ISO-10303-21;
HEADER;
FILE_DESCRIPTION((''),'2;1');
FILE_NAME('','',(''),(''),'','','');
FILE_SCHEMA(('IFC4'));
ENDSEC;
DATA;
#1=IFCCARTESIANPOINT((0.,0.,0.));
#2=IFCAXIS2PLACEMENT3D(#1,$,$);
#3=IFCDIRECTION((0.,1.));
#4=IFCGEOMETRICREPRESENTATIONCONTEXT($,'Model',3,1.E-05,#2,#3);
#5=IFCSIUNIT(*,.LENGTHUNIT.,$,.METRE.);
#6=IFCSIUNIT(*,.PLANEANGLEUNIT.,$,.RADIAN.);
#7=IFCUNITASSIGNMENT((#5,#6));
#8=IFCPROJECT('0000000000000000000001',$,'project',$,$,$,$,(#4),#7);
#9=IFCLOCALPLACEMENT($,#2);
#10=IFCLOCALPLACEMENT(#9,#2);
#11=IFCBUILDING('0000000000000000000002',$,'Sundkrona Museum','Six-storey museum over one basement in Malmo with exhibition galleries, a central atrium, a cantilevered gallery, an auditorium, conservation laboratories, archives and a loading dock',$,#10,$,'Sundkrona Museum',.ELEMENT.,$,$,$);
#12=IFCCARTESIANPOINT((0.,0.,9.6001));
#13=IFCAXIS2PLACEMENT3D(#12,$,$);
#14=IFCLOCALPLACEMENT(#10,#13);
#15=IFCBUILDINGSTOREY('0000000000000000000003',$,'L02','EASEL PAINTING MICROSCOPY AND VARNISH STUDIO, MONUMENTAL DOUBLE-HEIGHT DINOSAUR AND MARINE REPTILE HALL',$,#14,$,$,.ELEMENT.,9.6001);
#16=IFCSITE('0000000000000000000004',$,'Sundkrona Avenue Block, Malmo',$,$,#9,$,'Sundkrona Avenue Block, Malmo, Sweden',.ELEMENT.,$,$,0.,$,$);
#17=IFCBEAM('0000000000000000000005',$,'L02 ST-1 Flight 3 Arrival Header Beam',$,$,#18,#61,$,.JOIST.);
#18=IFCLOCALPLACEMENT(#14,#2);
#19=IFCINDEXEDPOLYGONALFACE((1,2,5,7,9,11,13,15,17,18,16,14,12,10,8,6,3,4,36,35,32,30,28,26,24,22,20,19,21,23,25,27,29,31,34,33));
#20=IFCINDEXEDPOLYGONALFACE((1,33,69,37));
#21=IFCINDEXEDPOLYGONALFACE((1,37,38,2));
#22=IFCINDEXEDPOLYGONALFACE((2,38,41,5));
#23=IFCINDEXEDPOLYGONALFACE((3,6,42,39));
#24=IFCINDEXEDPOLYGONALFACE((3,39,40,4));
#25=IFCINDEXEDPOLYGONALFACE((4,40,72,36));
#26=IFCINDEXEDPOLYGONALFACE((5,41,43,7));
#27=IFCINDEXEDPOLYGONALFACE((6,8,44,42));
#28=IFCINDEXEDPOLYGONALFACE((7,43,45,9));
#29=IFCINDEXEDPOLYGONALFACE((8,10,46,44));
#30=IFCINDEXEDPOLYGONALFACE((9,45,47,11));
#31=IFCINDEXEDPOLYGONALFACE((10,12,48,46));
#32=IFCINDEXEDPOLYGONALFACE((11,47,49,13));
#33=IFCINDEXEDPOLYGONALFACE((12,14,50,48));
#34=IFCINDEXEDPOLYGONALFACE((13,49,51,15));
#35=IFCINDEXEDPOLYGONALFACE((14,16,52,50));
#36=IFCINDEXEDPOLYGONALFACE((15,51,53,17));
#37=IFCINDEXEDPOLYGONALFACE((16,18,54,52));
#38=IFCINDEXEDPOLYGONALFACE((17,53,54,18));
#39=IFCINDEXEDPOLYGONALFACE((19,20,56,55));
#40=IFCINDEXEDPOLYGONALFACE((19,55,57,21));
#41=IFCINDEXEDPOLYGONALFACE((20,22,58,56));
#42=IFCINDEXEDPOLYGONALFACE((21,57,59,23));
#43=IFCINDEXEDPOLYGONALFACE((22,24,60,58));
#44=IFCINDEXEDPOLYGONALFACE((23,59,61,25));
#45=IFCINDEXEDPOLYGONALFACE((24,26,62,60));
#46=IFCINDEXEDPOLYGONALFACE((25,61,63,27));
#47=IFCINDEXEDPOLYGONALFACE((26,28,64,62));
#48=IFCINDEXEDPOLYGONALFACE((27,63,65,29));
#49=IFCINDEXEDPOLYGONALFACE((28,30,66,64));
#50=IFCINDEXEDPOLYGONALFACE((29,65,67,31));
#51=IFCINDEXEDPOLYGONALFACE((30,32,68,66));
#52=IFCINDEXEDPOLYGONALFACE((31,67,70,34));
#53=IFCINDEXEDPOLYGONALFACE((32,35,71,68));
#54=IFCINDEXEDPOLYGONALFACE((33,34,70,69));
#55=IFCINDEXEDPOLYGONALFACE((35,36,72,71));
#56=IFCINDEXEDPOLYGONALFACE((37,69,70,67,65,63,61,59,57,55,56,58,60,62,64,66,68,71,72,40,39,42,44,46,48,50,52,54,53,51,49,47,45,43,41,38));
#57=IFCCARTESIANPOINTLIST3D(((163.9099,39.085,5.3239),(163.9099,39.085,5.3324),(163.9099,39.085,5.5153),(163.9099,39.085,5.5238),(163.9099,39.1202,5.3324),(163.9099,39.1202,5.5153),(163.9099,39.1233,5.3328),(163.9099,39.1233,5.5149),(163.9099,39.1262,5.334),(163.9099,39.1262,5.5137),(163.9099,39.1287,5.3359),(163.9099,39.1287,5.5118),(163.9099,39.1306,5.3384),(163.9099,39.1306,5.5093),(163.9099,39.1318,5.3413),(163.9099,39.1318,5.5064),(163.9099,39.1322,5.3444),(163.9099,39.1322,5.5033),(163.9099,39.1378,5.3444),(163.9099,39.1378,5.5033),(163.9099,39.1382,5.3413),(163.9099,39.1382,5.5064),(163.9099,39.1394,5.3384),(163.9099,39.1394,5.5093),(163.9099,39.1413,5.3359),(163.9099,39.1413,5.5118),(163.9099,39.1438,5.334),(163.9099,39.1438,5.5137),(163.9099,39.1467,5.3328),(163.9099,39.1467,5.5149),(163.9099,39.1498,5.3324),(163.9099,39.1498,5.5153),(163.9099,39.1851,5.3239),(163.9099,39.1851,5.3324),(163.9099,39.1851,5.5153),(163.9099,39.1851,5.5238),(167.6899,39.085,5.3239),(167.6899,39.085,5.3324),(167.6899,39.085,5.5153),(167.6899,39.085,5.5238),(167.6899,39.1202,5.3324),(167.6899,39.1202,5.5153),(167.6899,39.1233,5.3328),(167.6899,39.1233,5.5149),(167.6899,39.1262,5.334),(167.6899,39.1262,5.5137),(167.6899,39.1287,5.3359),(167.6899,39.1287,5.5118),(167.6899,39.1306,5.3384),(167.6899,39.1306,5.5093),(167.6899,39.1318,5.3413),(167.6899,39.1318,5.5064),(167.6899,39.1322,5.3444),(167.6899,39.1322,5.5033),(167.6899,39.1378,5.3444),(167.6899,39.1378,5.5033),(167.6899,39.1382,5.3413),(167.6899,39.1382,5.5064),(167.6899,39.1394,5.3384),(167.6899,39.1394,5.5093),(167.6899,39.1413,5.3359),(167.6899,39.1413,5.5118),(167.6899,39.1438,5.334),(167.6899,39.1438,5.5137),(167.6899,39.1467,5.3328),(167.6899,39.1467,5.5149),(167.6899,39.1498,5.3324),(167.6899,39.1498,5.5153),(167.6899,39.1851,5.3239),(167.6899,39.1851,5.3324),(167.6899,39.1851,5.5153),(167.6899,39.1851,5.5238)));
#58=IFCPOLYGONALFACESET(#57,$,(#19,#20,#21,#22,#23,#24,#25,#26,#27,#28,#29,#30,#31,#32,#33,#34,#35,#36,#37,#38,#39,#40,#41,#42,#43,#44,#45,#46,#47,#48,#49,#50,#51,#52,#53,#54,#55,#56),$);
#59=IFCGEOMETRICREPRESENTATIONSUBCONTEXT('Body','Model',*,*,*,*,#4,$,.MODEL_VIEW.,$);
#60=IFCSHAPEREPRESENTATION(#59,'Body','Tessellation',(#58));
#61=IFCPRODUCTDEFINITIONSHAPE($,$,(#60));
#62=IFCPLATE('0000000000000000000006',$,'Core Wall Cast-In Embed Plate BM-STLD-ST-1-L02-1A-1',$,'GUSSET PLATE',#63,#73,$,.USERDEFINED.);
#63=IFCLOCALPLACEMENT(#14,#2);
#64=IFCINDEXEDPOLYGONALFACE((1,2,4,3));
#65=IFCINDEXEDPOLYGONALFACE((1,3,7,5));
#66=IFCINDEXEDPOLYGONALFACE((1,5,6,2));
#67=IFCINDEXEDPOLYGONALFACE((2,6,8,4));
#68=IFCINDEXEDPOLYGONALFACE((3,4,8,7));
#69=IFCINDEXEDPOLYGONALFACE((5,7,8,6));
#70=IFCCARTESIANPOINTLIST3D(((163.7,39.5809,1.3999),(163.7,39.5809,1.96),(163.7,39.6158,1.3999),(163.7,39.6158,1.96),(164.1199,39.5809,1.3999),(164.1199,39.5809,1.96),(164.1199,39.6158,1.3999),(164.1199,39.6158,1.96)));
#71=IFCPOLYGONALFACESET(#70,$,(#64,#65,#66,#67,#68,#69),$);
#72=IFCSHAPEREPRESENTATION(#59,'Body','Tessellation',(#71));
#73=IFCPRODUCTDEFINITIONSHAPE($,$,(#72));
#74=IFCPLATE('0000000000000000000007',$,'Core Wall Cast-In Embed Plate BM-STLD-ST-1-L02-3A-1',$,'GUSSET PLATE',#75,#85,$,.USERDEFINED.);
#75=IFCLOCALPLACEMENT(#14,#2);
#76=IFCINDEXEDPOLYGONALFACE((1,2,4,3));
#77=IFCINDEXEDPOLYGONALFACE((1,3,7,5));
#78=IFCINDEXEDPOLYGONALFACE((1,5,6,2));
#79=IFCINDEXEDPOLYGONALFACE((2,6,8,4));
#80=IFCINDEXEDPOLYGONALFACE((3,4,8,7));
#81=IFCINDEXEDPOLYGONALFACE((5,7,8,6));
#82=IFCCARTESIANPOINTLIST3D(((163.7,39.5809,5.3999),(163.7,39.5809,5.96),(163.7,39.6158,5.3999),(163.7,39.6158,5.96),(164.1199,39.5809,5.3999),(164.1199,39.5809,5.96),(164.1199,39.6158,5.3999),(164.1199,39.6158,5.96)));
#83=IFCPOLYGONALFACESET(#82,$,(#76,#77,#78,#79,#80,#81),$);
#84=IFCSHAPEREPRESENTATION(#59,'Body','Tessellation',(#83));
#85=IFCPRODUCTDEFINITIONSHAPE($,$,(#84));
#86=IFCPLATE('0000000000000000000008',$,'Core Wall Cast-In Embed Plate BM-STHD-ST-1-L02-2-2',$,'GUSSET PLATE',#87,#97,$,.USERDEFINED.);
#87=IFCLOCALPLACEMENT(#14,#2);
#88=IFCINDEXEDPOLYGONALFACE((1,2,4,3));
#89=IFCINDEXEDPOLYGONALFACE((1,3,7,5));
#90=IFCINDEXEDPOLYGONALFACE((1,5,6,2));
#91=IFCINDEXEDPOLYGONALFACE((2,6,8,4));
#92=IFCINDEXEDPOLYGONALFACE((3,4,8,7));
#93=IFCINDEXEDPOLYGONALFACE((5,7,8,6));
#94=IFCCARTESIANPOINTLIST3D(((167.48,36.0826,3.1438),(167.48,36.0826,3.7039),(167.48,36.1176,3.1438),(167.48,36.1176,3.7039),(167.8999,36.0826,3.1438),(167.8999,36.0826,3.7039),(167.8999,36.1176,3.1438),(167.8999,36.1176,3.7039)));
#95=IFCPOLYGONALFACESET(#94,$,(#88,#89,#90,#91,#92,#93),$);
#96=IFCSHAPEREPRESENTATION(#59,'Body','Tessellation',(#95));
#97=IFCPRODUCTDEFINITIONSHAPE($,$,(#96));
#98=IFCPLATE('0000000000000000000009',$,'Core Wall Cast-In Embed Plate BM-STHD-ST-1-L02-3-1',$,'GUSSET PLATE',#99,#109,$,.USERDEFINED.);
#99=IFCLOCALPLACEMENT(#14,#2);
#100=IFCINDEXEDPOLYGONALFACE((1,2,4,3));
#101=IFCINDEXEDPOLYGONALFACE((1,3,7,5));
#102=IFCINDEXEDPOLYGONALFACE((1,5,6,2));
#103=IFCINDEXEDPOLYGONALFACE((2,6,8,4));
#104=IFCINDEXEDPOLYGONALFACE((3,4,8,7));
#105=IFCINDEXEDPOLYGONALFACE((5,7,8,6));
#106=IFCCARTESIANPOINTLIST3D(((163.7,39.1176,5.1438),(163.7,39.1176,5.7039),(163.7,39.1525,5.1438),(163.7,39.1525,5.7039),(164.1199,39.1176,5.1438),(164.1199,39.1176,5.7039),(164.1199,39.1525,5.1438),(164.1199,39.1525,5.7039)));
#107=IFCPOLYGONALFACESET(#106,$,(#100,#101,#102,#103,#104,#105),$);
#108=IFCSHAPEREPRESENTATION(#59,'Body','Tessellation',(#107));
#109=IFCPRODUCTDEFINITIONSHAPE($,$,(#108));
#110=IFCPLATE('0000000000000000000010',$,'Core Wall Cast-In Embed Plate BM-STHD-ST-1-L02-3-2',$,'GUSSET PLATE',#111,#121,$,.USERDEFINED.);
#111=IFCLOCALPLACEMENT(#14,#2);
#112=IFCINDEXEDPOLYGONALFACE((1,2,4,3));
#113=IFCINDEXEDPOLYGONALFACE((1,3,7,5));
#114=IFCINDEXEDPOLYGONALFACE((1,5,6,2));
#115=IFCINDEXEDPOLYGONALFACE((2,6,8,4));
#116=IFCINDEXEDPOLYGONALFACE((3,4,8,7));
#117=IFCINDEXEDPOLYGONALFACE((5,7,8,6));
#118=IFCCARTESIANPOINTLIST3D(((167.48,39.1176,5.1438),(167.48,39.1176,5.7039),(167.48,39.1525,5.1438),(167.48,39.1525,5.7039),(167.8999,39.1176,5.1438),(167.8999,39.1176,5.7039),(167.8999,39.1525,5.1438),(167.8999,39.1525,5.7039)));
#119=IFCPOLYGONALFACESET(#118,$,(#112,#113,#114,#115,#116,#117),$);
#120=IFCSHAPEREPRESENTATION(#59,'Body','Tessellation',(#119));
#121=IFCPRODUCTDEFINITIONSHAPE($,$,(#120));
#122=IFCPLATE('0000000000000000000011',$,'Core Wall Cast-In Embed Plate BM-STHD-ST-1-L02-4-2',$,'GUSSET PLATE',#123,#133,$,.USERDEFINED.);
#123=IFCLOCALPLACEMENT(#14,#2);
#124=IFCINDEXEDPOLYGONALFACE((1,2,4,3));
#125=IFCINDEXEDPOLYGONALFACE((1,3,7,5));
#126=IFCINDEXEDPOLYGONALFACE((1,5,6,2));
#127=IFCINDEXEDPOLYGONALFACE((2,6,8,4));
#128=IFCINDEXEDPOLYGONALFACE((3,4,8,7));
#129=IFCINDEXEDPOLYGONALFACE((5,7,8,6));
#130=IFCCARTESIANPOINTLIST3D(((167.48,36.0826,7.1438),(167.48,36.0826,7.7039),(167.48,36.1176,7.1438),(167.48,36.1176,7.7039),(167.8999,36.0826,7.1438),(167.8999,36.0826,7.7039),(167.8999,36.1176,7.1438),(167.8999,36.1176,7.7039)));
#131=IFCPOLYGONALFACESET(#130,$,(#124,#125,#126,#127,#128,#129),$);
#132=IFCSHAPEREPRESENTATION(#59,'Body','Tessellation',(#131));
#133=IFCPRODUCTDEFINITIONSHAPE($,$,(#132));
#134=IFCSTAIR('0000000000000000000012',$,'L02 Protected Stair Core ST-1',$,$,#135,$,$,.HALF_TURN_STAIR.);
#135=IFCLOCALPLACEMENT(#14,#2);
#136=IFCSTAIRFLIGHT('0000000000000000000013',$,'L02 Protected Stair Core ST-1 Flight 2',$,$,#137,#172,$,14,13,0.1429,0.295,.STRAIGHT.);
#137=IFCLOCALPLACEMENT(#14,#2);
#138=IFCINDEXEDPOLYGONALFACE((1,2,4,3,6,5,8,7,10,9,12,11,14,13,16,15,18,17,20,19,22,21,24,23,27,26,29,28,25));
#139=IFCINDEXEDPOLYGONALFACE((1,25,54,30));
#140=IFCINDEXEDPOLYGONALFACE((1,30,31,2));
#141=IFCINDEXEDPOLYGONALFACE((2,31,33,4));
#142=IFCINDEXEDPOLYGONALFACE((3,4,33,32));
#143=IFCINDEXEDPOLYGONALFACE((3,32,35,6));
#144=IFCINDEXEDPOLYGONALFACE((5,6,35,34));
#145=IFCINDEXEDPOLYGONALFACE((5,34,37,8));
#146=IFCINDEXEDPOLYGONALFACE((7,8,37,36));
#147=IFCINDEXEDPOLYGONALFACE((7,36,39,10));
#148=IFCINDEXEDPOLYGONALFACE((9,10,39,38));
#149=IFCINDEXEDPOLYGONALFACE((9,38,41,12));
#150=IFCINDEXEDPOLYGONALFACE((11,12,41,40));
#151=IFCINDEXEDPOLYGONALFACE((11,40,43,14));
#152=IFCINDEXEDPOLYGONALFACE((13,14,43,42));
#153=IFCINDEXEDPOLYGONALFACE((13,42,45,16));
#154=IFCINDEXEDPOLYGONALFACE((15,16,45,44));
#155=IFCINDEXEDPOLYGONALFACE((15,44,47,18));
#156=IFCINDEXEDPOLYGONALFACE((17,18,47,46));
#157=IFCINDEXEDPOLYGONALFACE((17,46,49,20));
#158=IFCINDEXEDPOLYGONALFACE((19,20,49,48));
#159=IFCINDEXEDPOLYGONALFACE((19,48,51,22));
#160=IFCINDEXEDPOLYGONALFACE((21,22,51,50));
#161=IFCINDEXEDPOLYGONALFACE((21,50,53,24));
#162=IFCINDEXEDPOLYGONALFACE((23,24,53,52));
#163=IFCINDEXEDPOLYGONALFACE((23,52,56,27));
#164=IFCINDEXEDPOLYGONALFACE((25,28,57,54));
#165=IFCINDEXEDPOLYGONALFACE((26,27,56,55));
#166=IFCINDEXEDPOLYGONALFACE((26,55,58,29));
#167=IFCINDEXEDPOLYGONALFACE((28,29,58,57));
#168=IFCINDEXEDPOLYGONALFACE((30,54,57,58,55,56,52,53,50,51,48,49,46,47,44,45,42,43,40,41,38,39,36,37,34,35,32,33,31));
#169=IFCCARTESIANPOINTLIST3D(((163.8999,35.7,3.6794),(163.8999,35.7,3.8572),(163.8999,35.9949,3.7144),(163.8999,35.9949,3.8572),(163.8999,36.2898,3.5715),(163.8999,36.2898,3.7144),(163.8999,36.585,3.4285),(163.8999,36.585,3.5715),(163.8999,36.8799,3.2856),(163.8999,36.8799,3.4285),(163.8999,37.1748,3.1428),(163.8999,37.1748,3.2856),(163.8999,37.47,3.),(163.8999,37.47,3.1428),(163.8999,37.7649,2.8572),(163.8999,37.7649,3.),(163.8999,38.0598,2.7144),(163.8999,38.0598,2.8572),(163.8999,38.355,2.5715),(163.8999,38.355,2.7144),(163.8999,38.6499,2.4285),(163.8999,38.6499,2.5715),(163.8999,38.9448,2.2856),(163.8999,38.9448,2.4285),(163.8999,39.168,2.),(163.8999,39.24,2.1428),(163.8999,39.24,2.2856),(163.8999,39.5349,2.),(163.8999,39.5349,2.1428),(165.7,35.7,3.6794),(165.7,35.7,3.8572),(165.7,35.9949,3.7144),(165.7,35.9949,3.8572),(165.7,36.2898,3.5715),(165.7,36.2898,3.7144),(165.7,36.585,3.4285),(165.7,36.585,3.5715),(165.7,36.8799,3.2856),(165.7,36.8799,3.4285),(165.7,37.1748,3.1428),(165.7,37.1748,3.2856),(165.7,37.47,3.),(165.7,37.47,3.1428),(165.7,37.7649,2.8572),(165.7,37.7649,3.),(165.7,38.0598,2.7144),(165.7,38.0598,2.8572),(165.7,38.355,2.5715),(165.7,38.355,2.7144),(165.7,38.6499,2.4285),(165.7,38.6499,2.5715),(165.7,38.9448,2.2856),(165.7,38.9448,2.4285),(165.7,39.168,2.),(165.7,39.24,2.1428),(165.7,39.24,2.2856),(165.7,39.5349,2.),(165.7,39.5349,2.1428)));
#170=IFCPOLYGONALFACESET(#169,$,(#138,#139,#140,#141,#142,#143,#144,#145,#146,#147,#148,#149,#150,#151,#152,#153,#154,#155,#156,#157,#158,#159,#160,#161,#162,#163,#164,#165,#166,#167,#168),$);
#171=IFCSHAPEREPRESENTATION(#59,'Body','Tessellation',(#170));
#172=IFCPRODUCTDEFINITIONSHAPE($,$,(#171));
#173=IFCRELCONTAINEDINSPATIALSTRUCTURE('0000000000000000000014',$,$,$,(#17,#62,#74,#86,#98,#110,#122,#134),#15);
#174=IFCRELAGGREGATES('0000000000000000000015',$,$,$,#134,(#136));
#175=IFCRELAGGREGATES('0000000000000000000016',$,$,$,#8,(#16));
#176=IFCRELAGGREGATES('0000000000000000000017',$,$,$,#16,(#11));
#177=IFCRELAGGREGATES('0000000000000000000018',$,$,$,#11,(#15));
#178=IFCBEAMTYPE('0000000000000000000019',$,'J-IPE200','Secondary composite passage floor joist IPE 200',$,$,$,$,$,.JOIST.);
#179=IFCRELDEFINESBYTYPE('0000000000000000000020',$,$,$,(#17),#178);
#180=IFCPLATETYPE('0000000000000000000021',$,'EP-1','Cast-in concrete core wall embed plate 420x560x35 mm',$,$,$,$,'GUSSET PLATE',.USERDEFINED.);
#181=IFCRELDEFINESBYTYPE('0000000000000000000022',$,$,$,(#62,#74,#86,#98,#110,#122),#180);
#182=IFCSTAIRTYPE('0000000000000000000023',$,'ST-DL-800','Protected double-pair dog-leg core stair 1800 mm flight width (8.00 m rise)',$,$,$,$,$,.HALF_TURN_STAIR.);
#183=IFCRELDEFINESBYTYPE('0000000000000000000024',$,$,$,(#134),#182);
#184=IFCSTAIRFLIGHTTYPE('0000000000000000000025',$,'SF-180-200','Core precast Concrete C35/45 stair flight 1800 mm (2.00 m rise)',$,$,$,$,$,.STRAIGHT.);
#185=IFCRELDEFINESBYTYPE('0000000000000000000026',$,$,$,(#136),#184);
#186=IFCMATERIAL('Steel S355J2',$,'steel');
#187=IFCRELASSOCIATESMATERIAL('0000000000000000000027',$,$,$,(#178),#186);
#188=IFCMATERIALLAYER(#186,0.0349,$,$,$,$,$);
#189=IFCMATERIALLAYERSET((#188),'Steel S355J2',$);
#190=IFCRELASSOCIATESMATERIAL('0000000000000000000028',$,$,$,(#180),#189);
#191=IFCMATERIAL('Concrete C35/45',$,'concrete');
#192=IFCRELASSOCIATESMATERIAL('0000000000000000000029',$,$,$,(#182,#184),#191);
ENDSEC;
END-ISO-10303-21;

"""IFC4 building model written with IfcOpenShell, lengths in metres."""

from ifc_helpers import new_model, si_unit, direction, frame, origin, origin_2d, place, context, subcontext, project, spatial, polyline, rectangle, i_section, outline, extrude, material, layer, layer_set, material_profile, profile_set, type_object, element, aggregate, save


model = new_model("IFC4")

# Units and contexts
model_context = context("Model", 3, precision=1e-05, world=origin(), true_north=direction((0.0, 1.0)))
body_context = subcontext(model_context, "Body", "Model", "MODEL_VIEW")
ifc_project = project(units=[si_unit("LENGTHUNIT", "METRE"), si_unit("PLANEANGLEUNIT", "RADIAN")], contexts=[model_context])

# Site, building, storey
site_placement = place(None, origin())
site = spatial("IfcSite", under=ifc_project, at=site_placement, Name="Sundkrona Avenue Block, Malmo", LongName="Sundkrona Avenue Block, Malmo, Sweden", CompositionType="ELEMENT", RefElevation=0.0)
building_placement = place(site_placement, origin())
building = spatial("IfcBuilding", under=site, at=building_placement, Name="Sundkrona Museum", Description="Six-storey museum over one basement in Malmo with exhibition galleries, a central atrium, a cantilevered gallery, an auditorium, conservation laboratories, archives and a loading dock", LongName="Sundkrona Museum", CompositionType="ELEMENT")
storey_placement = place(building_placement, frame((0.0, 0.0, 9.6001)))
storey = spatial("IfcBuildingStorey", under=building, at=storey_placement, Name="L02", Description="EASEL PAINTING MICROSCOPY AND VARNISH STUDIO, MONUMENTAL DOUBLE-HEIGHT DINOSAUR AND MARINE REPTILE HALL", CompositionType="ELEMENT", Elevation=9.6001)

# Shared definitions
ifc_material_1 = material(Name="Steel S355J2", Category="steel")

# Beam
ifc_material_profile_1 = material_profile(ifc_material_1, i_section(OverallWidth=0.1001, OverallDepth=0.2, WebThickness=0.0056, FlangeThickness=0.0085, FilletRadius=0.012, at=origin_2d()), Name="IPE 200")
ifc_profile_set_1 = profile_set([ifc_material_profile_1], Name="Steel S355J2")
beam_type = type_object("IfcBeamType", Name="J-IPE200", Description="Secondary composite passage floor joist IPE 200", PredefinedType="JOIST", material=ifc_profile_set_1)
for number, where, z_axis, x_axis, name in (
    (1, (163.9099, 39.135, 5.4238), (1.0, 0.0, 0.0), (0.0, 1.0, 0.0), "L02 ST-1 Flight 3 Arrival Header Beam"),
):
    element("IfcBeam", number, at=place(storey_placement, frame(where, z_axis=z_axis, x_axis=x_axis)), inside=storey, type_object=beam_type, Name=name, PredefinedType="JOIST", context=body_context, shape_type="SweptSolid", body=[
        extrude(i_section(OverallWidth=0.1001, OverallDepth=0.2, WebThickness=0.0056, FlangeThickness=0.0085, FilletRadius=0.012, at=origin_2d()), origin(), (0.0, 0.0, 1.0), 3.78),
    ])

# Plates
ifc_layer = layer(ifc_material_1, 0.0349)
ifc_layer_set = layer_set([ifc_layer], Name="Steel S355J2")
plate_type = type_object("IfcPlateType", Name="EP-1", Description="Cast-in concrete core wall embed plate 420x560x35 mm", ElementType="GUSSET PLATE", PredefinedType="USERDEFINED", material=ifc_layer_set)
for number, where, z_axis, x_axis, name in (
    (2, (163.9099, 39.5984, 1.3999), (0.0, 0.0, 1.0), (1.0, 0.0, 0.0), "Core Wall Cast-In Embed Plate BM-STLD-ST-1-L02-1A-1"),
    (3, (163.9099, 39.5984, 5.3999), (0.0, 0.0, 1.0), (1.0, 0.0, 0.0), "Core Wall Cast-In Embed Plate BM-STLD-ST-1-L02-3A-1"),
    (4, (167.6899, 36.1001, 3.1438), (0.0, 0.0, 1.0), (1.0, 0.0, 0.0), "Core Wall Cast-In Embed Plate BM-STHD-ST-1-L02-2-2"),
    (5, (163.9099, 39.135, 5.1438), (0.0, 0.0, 1.0), (1.0, 0.0, 0.0), "Core Wall Cast-In Embed Plate BM-STHD-ST-1-L02-3-1"),
    (6, (167.6899, 39.135, 5.1438), (0.0, 0.0, 1.0), (1.0, 0.0, 0.0), "Core Wall Cast-In Embed Plate BM-STHD-ST-1-L02-3-2"),
    (7, (167.6899, 36.1001, 7.1438), (0.0, 0.0, 1.0), (1.0, 0.0, 0.0), "Core Wall Cast-In Embed Plate BM-STHD-ST-1-L02-4-2"),
):
    element("IfcPlate", number, at=place(storey_placement, frame(where, z_axis=z_axis, x_axis=x_axis)), inside=storey, type_object=plate_type, Name=name, ObjectType="GUSSET PLATE", PredefinedType="USERDEFINED", context=body_context, shape_type="SweptSolid", body=[
        extrude(rectangle(XDim=0.4199, YDim=0.0349, at=origin_2d()), origin(), (0.0, 0.0, 1.0), 0.5601),
    ])

# Stair, stair flight
ifc_material_2 = material(Name="Concrete C35/45", Category="concrete")
stair_type = type_object("IfcStairType", Name="ST-DL-800", Description="Protected double-pair dog-leg core stair 1800 mm flight width (8.00 m rise)", PredefinedType="HALF_TURN_STAIR", material=ifc_material_2)
stair_placement = place(storey_placement, origin())
stair = element("IfcStair", 8, at=stair_placement, inside=storey, type_object=stair_type, Name="L02 Protected Stair Core ST-1", PredefinedType="HALF_TURN_STAIR")
stair_flight_type = type_object("IfcStairFlightType", Name="SF-180-200", Description="Core precast Concrete C35/45 stair flight 1800 mm (2.00 m rise)", PredefinedType="STRAIGHT", material=ifc_material_2)
stair_flight_1_placement = place(storey_placement, frame((164.8, 39.5349, 2.0), z_axis=(0.0, 0.0, 1.0), x_axis=(0.0, -1.0, 0.0)))
stair_flight_1 = element("IfcStairFlight", 9, at=stair_flight_1_placement, type_object=stair_flight_type, Name="L02 Protected Stair Core ST-1 Flight 2", NumberOfRisers=14, NumberOfTreads=13, PredefinedType="STRAIGHT", RiserHeight=0.1429, TreadLength=0.295, context=body_context, shape_type="SweptSolid", body=[
    extrude(outline(polyline([(0.0, 0.0), (0.0, 0.1428), (0.2949, 0.1428), (0.2949, 0.2856), (0.5901, 0.2856), (0.5901, 0.4285), (0.885, 0.4285), (0.885, 0.5715), (1.1799, 0.5715), (1.1799, 0.7144), (1.4751, 0.7144), (1.4751, 0.8572), (1.77, 0.8572), (1.77, 1.0), (2.0649, 1.0), (2.0649, 1.1428), (2.3601, 1.1428), (2.3601, 1.2856), (2.655, 1.2856), (2.655, 1.4285), (2.95, 1.4285), (2.95, 1.5715), (3.2451, 1.5715), (3.2451, 1.7144), (3.54, 1.7144), (3.54, 1.8572), (3.835, 1.8572), (3.835, 2.0), (3.835, 1.6794), (0.3669, 0.0), (0.0, 0.0)])), frame((0.0, 0.8999, 0.0), z_axis=(0.0, -1.0, 0.0), x_axis=(1.0, 0.0, 0.0)), (0.0, 0.0, 1.0), 1.8),
])
aggregate(stair, [stair_flight_1])

save(model, "model.ifc")
